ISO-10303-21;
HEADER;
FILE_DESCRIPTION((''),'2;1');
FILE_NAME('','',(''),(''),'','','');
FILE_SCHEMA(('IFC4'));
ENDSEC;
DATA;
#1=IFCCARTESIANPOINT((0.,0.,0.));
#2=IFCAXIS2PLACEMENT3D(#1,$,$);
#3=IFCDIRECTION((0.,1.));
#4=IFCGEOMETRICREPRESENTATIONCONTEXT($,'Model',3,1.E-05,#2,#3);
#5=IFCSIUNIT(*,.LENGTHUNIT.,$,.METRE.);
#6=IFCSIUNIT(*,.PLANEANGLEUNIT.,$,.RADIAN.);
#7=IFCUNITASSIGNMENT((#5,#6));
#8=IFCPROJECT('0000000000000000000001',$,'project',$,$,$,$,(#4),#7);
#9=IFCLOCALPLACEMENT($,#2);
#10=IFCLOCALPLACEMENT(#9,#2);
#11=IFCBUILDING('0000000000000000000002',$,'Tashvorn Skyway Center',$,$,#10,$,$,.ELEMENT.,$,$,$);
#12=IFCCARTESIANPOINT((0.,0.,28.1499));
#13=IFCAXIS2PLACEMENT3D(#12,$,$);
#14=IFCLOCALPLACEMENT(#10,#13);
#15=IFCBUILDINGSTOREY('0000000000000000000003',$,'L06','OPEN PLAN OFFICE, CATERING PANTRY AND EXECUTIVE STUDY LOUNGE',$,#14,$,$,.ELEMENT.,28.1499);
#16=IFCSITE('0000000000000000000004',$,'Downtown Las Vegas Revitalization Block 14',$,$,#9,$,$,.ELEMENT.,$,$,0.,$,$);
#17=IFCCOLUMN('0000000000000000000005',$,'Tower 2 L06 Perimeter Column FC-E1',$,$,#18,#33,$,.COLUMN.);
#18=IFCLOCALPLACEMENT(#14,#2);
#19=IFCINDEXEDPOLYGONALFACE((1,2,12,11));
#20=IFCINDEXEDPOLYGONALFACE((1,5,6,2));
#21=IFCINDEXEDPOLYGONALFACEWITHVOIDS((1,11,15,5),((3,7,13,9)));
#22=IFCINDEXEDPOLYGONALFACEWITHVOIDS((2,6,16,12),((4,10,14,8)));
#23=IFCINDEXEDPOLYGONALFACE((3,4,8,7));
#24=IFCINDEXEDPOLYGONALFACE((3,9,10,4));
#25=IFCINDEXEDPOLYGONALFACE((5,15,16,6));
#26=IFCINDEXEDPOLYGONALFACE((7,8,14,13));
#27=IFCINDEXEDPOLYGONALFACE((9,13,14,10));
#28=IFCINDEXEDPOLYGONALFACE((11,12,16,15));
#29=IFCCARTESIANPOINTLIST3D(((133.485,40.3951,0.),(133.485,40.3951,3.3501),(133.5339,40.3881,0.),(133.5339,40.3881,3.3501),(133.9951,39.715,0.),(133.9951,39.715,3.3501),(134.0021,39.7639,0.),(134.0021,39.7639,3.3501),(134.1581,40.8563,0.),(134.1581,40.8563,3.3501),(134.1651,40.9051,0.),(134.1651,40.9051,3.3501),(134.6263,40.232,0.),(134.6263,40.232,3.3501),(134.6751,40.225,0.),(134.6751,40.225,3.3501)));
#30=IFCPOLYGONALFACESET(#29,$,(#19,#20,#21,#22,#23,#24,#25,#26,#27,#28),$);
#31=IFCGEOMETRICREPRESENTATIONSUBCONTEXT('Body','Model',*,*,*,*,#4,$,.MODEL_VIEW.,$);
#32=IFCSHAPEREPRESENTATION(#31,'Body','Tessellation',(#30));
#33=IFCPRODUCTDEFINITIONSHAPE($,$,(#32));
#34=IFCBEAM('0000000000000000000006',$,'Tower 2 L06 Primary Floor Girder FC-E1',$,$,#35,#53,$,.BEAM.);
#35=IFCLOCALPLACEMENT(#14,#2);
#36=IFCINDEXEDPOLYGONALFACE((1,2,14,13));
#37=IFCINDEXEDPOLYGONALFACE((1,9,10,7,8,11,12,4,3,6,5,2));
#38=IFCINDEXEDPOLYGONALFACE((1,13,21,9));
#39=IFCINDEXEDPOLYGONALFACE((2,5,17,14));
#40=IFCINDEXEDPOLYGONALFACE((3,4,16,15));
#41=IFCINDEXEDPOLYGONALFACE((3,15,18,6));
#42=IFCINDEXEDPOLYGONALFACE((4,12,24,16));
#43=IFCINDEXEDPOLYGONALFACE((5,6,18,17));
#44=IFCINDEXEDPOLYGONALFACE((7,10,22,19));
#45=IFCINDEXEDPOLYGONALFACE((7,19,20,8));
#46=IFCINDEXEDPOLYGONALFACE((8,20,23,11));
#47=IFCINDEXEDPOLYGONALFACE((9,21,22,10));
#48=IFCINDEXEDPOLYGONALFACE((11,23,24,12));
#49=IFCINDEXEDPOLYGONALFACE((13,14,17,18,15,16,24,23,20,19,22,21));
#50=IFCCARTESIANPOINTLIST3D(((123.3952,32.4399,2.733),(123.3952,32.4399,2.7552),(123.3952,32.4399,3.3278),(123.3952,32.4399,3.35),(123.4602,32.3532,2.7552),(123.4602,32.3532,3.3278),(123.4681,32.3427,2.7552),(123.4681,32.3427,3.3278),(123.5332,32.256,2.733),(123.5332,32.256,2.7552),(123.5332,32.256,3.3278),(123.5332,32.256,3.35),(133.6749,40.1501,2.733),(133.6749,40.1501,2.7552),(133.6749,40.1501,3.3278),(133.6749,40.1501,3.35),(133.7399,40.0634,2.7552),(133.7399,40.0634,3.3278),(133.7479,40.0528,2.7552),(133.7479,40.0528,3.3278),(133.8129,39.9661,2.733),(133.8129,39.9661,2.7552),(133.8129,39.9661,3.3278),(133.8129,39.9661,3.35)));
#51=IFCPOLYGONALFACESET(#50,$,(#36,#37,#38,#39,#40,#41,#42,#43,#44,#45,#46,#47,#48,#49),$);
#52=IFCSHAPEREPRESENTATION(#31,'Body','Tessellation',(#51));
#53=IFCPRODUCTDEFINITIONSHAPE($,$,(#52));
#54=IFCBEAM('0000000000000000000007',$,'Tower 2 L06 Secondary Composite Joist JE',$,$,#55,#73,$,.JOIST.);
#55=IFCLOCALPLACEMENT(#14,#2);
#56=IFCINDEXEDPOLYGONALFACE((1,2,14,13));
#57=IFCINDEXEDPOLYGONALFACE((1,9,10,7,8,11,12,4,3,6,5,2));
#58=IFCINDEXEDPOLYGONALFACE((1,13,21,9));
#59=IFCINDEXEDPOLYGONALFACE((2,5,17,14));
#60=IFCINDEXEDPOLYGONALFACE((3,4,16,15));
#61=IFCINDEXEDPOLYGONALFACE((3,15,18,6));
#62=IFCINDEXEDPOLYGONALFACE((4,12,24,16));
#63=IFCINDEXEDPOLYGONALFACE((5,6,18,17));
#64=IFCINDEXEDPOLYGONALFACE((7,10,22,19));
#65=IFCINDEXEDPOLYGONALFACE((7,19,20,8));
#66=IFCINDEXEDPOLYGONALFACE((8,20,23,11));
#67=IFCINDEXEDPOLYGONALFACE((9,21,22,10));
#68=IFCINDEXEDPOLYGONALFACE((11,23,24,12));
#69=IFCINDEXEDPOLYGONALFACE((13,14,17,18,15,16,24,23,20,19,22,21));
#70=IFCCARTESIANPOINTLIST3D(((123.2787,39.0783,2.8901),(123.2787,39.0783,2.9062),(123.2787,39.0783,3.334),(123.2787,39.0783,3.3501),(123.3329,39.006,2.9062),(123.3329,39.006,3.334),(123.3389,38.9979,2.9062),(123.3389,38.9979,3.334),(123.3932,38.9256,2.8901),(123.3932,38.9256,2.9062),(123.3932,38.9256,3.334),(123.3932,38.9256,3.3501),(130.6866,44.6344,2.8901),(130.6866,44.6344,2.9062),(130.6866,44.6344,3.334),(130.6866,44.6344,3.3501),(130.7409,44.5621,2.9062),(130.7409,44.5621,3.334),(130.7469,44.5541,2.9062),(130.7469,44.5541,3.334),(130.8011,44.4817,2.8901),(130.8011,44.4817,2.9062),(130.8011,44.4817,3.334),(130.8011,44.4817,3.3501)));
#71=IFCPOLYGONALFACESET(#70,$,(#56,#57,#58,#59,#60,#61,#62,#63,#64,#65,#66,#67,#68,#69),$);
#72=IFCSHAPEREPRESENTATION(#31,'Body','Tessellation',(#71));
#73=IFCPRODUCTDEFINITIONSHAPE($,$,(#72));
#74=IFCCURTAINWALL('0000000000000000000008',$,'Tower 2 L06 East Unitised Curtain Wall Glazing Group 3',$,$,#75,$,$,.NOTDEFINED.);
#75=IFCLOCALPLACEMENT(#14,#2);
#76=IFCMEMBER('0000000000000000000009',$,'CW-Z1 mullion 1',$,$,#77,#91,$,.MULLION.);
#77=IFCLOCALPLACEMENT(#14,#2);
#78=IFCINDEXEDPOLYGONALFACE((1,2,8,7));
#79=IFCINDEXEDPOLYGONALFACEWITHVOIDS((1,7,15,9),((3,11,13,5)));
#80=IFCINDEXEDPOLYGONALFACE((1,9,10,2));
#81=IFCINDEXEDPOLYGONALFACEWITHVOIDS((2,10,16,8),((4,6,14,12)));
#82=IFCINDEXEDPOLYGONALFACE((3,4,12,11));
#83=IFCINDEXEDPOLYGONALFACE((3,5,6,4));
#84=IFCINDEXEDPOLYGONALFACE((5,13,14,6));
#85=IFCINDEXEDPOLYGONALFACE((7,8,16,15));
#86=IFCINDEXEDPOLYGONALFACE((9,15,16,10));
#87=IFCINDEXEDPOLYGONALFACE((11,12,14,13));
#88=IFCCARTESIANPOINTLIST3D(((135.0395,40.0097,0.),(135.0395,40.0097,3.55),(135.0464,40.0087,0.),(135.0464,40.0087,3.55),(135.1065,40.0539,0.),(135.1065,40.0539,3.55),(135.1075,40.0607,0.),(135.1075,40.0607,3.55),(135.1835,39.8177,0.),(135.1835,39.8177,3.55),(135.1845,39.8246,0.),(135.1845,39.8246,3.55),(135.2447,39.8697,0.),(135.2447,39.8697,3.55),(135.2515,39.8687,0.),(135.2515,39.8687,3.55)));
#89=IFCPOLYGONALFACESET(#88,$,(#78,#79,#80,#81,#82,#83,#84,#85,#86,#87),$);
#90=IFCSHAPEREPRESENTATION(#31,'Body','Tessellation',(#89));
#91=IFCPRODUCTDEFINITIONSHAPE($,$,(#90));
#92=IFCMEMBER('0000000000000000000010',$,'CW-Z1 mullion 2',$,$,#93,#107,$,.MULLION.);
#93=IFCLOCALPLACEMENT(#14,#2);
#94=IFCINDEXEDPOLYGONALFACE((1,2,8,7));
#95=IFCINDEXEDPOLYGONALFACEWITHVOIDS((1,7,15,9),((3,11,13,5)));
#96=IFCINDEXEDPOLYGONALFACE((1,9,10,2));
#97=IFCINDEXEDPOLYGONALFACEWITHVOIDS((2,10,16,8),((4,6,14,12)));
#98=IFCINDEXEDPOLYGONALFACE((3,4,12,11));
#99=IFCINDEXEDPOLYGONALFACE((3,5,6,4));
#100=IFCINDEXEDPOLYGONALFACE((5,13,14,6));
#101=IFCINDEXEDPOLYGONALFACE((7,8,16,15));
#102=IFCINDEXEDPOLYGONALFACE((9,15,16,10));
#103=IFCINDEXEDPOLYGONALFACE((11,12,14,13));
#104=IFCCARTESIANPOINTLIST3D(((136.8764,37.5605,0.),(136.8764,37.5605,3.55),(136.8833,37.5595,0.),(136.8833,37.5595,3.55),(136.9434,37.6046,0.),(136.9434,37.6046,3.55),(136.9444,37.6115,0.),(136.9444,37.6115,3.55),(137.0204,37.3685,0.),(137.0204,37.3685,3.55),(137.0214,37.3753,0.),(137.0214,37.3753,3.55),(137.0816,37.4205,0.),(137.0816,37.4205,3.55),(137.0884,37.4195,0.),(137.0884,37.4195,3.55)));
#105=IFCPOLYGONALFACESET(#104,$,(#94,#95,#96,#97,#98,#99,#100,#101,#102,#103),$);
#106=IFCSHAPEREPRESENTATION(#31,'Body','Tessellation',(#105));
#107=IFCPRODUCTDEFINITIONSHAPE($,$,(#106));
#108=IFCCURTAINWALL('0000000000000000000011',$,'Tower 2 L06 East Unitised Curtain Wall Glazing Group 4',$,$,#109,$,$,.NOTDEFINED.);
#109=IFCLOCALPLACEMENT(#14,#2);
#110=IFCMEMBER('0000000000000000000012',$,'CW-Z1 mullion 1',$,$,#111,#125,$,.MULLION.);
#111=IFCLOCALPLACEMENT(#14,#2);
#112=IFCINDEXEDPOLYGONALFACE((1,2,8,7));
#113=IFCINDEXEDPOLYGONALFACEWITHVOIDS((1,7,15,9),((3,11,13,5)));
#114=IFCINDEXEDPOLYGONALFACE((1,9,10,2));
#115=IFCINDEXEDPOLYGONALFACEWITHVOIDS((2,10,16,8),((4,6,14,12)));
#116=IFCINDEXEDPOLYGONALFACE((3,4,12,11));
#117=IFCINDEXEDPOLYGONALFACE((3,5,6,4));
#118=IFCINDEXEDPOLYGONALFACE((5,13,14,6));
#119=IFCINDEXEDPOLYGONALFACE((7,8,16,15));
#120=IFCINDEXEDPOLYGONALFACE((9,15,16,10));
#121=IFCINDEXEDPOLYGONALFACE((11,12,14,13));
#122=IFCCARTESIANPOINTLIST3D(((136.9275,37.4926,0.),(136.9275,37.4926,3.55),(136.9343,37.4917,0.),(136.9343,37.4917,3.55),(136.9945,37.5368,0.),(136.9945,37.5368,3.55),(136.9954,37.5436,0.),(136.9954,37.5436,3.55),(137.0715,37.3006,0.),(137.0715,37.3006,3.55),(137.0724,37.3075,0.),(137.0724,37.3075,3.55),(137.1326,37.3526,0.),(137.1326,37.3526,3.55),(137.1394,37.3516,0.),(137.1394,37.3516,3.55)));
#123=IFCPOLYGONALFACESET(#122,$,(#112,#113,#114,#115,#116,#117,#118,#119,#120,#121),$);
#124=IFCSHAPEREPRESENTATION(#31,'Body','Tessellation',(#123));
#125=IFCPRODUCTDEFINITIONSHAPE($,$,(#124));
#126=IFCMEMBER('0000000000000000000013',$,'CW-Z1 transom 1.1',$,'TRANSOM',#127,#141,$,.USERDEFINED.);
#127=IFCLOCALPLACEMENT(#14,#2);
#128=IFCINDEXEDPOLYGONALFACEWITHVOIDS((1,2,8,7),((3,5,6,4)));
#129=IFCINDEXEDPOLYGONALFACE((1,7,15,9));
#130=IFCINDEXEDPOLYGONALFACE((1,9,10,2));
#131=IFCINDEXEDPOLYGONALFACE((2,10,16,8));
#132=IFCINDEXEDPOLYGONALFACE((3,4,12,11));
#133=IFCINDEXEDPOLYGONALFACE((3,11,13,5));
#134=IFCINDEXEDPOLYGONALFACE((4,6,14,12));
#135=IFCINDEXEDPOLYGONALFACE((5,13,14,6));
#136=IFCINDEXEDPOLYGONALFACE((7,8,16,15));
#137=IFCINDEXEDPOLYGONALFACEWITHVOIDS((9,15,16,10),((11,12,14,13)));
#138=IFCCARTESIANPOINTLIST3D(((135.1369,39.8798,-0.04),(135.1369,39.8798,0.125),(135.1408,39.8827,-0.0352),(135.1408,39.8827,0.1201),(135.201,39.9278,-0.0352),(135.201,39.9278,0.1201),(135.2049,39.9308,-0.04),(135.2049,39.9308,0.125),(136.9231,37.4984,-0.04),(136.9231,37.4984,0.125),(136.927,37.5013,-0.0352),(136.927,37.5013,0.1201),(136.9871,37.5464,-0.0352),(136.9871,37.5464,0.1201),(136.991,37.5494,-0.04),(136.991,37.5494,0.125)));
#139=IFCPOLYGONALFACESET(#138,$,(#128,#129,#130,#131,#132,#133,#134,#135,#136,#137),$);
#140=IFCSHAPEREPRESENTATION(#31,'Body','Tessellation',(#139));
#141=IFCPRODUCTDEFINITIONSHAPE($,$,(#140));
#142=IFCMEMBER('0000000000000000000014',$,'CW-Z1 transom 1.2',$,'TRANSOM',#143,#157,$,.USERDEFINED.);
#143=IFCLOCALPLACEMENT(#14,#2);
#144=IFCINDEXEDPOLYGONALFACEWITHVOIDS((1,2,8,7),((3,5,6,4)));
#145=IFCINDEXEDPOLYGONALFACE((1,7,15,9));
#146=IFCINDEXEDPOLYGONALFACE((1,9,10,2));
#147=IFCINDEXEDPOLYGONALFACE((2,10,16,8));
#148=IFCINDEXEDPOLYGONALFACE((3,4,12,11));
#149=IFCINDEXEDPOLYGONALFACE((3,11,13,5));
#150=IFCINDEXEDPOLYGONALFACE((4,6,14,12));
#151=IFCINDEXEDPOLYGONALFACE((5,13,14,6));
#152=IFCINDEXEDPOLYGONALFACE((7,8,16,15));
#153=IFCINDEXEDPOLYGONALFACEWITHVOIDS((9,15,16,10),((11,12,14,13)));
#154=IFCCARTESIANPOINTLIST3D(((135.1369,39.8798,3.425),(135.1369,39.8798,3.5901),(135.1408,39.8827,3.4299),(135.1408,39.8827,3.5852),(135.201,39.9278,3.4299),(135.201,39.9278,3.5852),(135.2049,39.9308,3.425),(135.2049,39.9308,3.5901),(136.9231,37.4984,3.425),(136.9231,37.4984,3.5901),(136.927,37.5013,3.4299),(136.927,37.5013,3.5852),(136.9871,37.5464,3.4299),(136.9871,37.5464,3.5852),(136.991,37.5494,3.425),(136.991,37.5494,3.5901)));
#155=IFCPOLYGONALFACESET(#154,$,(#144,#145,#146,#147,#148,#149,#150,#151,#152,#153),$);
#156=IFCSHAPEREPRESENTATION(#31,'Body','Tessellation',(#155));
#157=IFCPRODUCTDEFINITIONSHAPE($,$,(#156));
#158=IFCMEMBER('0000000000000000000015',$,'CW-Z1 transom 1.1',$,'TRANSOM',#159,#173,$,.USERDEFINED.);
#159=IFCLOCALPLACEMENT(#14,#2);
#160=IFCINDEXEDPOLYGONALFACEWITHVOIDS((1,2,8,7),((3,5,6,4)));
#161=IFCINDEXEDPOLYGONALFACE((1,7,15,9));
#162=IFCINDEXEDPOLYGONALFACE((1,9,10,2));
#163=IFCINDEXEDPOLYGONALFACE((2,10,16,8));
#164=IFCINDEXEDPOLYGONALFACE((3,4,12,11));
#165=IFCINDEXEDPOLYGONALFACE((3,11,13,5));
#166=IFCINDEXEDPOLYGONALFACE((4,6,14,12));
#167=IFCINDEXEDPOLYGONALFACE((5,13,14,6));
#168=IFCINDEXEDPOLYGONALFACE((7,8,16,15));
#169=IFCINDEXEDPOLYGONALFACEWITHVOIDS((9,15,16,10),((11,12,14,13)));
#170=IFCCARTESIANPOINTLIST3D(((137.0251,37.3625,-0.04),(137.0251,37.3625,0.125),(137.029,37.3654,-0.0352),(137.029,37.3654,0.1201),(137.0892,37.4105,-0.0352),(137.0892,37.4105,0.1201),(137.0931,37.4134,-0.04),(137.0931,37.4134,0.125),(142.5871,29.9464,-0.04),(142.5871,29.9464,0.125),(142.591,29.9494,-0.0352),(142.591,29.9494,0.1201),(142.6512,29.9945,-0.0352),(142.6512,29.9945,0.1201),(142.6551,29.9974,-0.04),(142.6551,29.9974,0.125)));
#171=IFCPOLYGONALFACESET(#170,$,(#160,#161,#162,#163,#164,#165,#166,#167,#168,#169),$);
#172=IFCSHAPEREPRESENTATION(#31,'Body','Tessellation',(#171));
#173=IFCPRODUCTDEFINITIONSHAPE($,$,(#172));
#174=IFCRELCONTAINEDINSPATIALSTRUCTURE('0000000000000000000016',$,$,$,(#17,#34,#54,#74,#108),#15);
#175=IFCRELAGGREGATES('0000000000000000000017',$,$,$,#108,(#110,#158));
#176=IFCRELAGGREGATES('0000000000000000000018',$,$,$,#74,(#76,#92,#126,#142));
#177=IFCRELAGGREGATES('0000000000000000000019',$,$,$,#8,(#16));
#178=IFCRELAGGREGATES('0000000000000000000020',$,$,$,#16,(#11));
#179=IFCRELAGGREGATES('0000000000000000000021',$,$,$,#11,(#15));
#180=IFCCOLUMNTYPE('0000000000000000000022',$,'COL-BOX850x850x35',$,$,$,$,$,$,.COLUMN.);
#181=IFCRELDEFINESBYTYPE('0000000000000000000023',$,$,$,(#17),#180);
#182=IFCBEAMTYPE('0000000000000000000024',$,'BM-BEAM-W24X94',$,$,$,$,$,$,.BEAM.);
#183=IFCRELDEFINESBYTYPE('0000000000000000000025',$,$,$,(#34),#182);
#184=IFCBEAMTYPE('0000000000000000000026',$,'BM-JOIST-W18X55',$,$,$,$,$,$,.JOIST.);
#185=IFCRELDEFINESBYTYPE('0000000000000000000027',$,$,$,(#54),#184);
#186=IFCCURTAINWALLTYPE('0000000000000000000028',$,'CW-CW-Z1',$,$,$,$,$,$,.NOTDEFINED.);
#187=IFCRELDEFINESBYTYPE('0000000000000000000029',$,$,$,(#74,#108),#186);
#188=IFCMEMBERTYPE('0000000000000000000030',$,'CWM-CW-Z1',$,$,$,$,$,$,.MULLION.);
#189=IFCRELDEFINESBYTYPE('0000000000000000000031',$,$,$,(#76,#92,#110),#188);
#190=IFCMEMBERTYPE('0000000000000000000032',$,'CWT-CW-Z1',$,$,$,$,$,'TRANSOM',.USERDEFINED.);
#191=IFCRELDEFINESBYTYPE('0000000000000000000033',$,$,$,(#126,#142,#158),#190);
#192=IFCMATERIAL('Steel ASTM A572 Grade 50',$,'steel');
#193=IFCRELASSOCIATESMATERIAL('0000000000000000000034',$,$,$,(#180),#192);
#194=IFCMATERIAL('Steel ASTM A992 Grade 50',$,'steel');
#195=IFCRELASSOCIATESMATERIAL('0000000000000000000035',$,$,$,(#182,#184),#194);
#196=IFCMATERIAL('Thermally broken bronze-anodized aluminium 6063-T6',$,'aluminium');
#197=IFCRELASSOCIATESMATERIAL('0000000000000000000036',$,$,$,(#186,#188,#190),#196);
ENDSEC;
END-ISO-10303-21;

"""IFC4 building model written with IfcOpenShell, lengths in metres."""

from ifc_helpers import new_model, si_unit, direction, frame, origin, origin_2d, place, context, subcontext, project, spatial, hollow_rectangle, i_section, extrude, material, material_profile, profile_set, type_object, element, aggregate, save


model = new_model("IFC4")

# Units and contexts
model_context = context("Model", 3, precision=1e-05, world=origin(), true_north=direction((0.0, 1.0)))
body_context = subcontext(model_context, "Body", "Model", "MODEL_VIEW")
ifc_project = project(units=[si_unit("LENGTHUNIT", "METRE"), si_unit("PLANEANGLEUNIT", "RADIAN")], contexts=[model_context])

# Site, building, storey
site_placement = place(None, origin())
site = spatial("IfcSite", under=ifc_project, at=site_placement, Name="Downtown Las Vegas Revitalization Block 14", CompositionType="ELEMENT", RefElevation=0.0)
building_placement = place(site_placement, origin())
building = spatial("IfcBuilding", under=site, at=building_placement, Name="Tashvorn Skyway Center", CompositionType="ELEMENT")
storey_placement = place(building_placement, frame((0.0, 0.0, 28.1499)))
storey = spatial("IfcBuildingStorey", under=building, at=storey_placement, Name="L06", Description="OPEN PLAN OFFICE, CATERING PANTRY AND EXECUTIVE STUDY LOUNGE", CompositionType="ELEMENT", Elevation=28.1499)

# Column
ifc_material_1 = material(Name="Steel ASTM A572 Grade 50", Category="steel")
ifc_material_profile_1 = material_profile(ifc_material_1, hollow_rectangle(XDim=0.8501, YDim=0.8501, WallThickness=0.0349, at=origin_2d()), Name="BOX850x850x35")
ifc_profile_set_1 = profile_set([ifc_material_profile_1], Name="Steel ASTM A572 Grade 50")
column_type = type_object("IfcColumnType", Name="COL-BOX850x850x35", PredefinedType="COLUMN", material=ifc_profile_set_1)
column_placement = place(storey_placement, frame((134.0801, 40.3101, 0.0), z_axis=(0.0, 0.0, 1.0), x_axis=(0.8, 0.6, 0.0)))
element("IfcColumn", 1, at=column_placement, inside=storey, type_object=column_type, Name="Tower 2 L06 Perimeter Column FC-E1", PredefinedType="COLUMN", context=body_context, shape_type="SweptSolid", body=[
    extrude(hollow_rectangle(XDim=0.8501, YDim=0.8501, WallThickness=0.0349, at=origin_2d()), origin(), (0.0, 0.0, 1.0), 3.3501),
])

# Beams
ifc_material_2 = material(Name="Steel ASTM A992 Grade 50", Category="steel")
ifc_material_profile_2 = material_profile(ifc_material_2, i_section(OverallWidth=0.23, OverallDepth=0.6169, WebThickness=0.0132, FlangeThickness=0.0222, at=origin_2d()), Name="W24X94")
ifc_profile_set_2 = profile_set([ifc_material_profile_2], Name="Steel ASTM A992 Grade 50")
beam_type_1 = type_object("IfcBeamType", Name="BM-BEAM-W24X94", PredefinedType="BEAM", material=ifc_profile_set_2)
beam_1_placement = place(storey_placement, frame((133.7439, 40.0581, 3.0415), z_axis=(-0.799986, -0.600018, 0.0), x_axis=(0.600018, -0.799986, 0.0)))
element("IfcBeam", 2, at=beam_1_placement, inside=storey, type_object=beam_type_1, Name="Tower 2 L06 Primary Floor Girder FC-E1", PredefinedType="BEAM", context=body_context, shape_type="SweptSolid", body=[
    extrude(i_section(OverallWidth=0.23, OverallDepth=0.6169, WebThickness=0.0132, FlangeThickness=0.0222, at=origin_2d()), origin(), (0.0, 0.0, 1.0), 12.8499),
])
ifc_material_profile_3 = material_profile(ifc_material_2, i_section(OverallWidth=0.1909, OverallDepth=0.46, WebThickness=0.01, FlangeThickness=0.0161, at=origin_2d()), Name="W18X55")
ifc_profile_set_3 = profile_set([ifc_material_profile_3], Name="Steel ASTM A992 Grade 50")
beam_type_2 = type_object("IfcBeamType", Name="BM-JOIST-W18X55", PredefinedType="JOIST", material=ifc_profile_set_3)
beam_2_placement = place(storey_placement, frame((123.3359, 39.002, 3.1201), z_axis=(0.799991, 0.600013, 0.0), x_axis=(-0.600013, 0.799991, 0.0)))
element("IfcBeam", 3, at=beam_2_placement, inside=storey, type_object=beam_type_2, Name="Tower 2 L06 Secondary Composite Joist JE", PredefinedType="JOIST", context=body_context, shape_type="SweptSolid", body=[
    extrude(i_section(OverallWidth=0.1909, OverallDepth=0.46, WebThickness=0.01, FlangeThickness=0.0161, at=origin_2d()), origin(), (0.0, 0.0, 1.0), 9.26),
])

# Curtain wall, members
ifc_material_3 = material(Name="Thermally broken bronze-anodized aluminium 6063-T6", Category="aluminium")
curtain_wall_type = type_object("IfcCurtainWallType", Name="CW-CW-Z1", PredefinedType="NOTDEFINED", material=ifc_material_3)
curtain_wall_1_placement = place(storey_placement, origin())
curtain_wall_1 = element("IfcCurtainWall", 4, at=curtain_wall_1_placement, inside=storey, type_object=curtain_wall_type, Name="Tower 2 L06 East Unitised Curtain Wall Glazing Group 3", PredefinedType="NOTDEFINED")
ifc_material_profile_4 = material_profile(ifc_material_3, hollow_rectangle(XDim=0.085, YDim=0.24, WallThickness=0.0049, at=origin_2d()), Name="ALU-MULL-85x240")
ifc_profile_set_4 = profile_set([ifc_material_profile_4], Name="Thermally broken bronze-anodized aluminium 6063-T6")
member_type_1 = type_object("IfcMemberType", Name="CWM-CW-Z1", PredefinedType="MULLION", material=ifc_profile_set_4)
member_1_placement = place(storey_placement, frame((135.1455, 39.9392, 0.0), z_axis=(0.0, 0.0, 1.0), x_axis=(0.799996, 0.600005, 0.0)))
member_1 = element("IfcMember", 5, at=member_1_placement, type_object=member_type_1, Name="CW-Z1 mullion 1", PredefinedType="MULLION", context=body_context, shape_type="SweptSolid", body=[
    extrude(hollow_rectangle(XDim=0.085, YDim=0.24, WallThickness=0.0049, at=origin_2d()), origin(), (0.0, 0.0, 1.0), 3.55),
])
member_2_placement = place(storey_placement, frame((136.9824, 37.49, 0.0), z_axis=(0.0, 0.0, 1.0), x_axis=(0.799996, 0.600005, 0.0)))
member_2 = element("IfcMember", 6, at=member_2_placement, type_object=member_type_1, Name="CW-Z1 mullion 2", PredefinedType="MULLION", context=body_context, shape_type="SweptSolid", body=[
    extrude(hollow_rectangle(XDim=0.085, YDim=0.24, WallThickness=0.0049, at=origin_2d()), origin(), (0.0, 0.0, 1.0), 3.55),
])

# Curtain wall, member
curtain_wall_2_placement = place(storey_placement, origin())
curtain_wall_2 = element("IfcCurtainWall", 7, at=curtain_wall_2_placement, inside=storey, type_object=curtain_wall_type, Name="Tower 2 L06 East Unitised Curtain Wall Glazing Group 4", PredefinedType="NOTDEFINED")
member_3_placement = place(storey_placement, frame((137.0334, 37.4221, 0.0), z_axis=(0.0, 0.0, 1.0), x_axis=(0.8, 0.6, 0.0)))
member_3 = element("IfcMember", 8, at=member_3_placement, type_object=member_type_1, Name="CW-Z1 mullion 1", PredefinedType="MULLION", context=body_context, shape_type="SweptSolid", body=[
    extrude(hollow_rectangle(XDim=0.085, YDim=0.24, WallThickness=0.0049, at=origin_2d()), origin(), (0.0, 0.0, 1.0), 3.55),
])

# Members
ifc_material_profile_5 = material_profile(ifc_material_3, hollow_rectangle(XDim=0.085, YDim=0.165, WallThickness=0.0049, at=origin_2d()), Name="ALU-TRAN-85x165")
ifc_profile_set_5 = profile_set([ifc_material_profile_5], Name="Thermally broken bronze-anodized aluminium 6063-T6")
member_type_2 = type_object("IfcMemberType", Name="CWT-CW-Z1", ElementType="TRANSOM", PredefinedType="USERDEFINED", material=ifc_profile_set_5)
member_4_placement = place(storey_placement, frame((135.1709, 39.9053, 0.0425), z_axis=(0.600026, -0.79998, 0.0), x_axis=(0.79998, 0.600026, 0.0)))
member_4 = element("IfcMember", 9, at=member_4_placement, type_object=member_type_2, Name="CW-Z1 transom 1.1", ObjectType="TRANSOM", PredefinedType="USERDEFINED", context=body_context, shape_type="SweptSolid", body=[
    extrude(hollow_rectangle(XDim=0.085, YDim=0.165, WallThickness=0.0049, at=origin_2d()), origin(), (0.0, 0.0, 1.0), 2.9768),
])
member_5_placement = place(storey_placement, frame((135.1709, 39.9053, 3.5076), z_axis=(0.600026, -0.79998, 0.0), x_axis=(0.79998, 0.600026, 0.0)))
member_5 = element("IfcMember", 10, at=member_5_placement, type_object=member_type_2, Name="CW-Z1 transom 1.2", ObjectType="TRANSOM", PredefinedType="USERDEFINED", context=body_context, shape_type="SweptSolid", body=[
    extrude(hollow_rectangle(XDim=0.085, YDim=0.165, WallThickness=0.0049, at=origin_2d()), origin(), (0.0, 0.0, 1.0), 2.9768),
])
member_6_placement = place(storey_placement, frame((137.0591, 37.3879, 0.0425), z_axis=(0.6, -0.8, 0.0), x_axis=(0.8, 0.6, 0.0)))
member_6 = element("IfcMember", 11, at=member_6_placement, type_object=member_type_2, Name="CW-Z1 transom 1.1", ObjectType="TRANSOM", PredefinedType="USERDEFINED", context=body_context, shape_type="SweptSolid", body=[
    extrude(hollow_rectangle(XDim=0.085, YDim=0.165, WallThickness=0.0049, at=origin_2d()), origin(), (0.0, 0.0, 1.0), 9.27),
])
aggregate(curtain_wall_2, [member_3, member_6])

aggregate(curtain_wall_1, [member_1, member_2, member_4, member_5])

save(model, "model.ifc")
